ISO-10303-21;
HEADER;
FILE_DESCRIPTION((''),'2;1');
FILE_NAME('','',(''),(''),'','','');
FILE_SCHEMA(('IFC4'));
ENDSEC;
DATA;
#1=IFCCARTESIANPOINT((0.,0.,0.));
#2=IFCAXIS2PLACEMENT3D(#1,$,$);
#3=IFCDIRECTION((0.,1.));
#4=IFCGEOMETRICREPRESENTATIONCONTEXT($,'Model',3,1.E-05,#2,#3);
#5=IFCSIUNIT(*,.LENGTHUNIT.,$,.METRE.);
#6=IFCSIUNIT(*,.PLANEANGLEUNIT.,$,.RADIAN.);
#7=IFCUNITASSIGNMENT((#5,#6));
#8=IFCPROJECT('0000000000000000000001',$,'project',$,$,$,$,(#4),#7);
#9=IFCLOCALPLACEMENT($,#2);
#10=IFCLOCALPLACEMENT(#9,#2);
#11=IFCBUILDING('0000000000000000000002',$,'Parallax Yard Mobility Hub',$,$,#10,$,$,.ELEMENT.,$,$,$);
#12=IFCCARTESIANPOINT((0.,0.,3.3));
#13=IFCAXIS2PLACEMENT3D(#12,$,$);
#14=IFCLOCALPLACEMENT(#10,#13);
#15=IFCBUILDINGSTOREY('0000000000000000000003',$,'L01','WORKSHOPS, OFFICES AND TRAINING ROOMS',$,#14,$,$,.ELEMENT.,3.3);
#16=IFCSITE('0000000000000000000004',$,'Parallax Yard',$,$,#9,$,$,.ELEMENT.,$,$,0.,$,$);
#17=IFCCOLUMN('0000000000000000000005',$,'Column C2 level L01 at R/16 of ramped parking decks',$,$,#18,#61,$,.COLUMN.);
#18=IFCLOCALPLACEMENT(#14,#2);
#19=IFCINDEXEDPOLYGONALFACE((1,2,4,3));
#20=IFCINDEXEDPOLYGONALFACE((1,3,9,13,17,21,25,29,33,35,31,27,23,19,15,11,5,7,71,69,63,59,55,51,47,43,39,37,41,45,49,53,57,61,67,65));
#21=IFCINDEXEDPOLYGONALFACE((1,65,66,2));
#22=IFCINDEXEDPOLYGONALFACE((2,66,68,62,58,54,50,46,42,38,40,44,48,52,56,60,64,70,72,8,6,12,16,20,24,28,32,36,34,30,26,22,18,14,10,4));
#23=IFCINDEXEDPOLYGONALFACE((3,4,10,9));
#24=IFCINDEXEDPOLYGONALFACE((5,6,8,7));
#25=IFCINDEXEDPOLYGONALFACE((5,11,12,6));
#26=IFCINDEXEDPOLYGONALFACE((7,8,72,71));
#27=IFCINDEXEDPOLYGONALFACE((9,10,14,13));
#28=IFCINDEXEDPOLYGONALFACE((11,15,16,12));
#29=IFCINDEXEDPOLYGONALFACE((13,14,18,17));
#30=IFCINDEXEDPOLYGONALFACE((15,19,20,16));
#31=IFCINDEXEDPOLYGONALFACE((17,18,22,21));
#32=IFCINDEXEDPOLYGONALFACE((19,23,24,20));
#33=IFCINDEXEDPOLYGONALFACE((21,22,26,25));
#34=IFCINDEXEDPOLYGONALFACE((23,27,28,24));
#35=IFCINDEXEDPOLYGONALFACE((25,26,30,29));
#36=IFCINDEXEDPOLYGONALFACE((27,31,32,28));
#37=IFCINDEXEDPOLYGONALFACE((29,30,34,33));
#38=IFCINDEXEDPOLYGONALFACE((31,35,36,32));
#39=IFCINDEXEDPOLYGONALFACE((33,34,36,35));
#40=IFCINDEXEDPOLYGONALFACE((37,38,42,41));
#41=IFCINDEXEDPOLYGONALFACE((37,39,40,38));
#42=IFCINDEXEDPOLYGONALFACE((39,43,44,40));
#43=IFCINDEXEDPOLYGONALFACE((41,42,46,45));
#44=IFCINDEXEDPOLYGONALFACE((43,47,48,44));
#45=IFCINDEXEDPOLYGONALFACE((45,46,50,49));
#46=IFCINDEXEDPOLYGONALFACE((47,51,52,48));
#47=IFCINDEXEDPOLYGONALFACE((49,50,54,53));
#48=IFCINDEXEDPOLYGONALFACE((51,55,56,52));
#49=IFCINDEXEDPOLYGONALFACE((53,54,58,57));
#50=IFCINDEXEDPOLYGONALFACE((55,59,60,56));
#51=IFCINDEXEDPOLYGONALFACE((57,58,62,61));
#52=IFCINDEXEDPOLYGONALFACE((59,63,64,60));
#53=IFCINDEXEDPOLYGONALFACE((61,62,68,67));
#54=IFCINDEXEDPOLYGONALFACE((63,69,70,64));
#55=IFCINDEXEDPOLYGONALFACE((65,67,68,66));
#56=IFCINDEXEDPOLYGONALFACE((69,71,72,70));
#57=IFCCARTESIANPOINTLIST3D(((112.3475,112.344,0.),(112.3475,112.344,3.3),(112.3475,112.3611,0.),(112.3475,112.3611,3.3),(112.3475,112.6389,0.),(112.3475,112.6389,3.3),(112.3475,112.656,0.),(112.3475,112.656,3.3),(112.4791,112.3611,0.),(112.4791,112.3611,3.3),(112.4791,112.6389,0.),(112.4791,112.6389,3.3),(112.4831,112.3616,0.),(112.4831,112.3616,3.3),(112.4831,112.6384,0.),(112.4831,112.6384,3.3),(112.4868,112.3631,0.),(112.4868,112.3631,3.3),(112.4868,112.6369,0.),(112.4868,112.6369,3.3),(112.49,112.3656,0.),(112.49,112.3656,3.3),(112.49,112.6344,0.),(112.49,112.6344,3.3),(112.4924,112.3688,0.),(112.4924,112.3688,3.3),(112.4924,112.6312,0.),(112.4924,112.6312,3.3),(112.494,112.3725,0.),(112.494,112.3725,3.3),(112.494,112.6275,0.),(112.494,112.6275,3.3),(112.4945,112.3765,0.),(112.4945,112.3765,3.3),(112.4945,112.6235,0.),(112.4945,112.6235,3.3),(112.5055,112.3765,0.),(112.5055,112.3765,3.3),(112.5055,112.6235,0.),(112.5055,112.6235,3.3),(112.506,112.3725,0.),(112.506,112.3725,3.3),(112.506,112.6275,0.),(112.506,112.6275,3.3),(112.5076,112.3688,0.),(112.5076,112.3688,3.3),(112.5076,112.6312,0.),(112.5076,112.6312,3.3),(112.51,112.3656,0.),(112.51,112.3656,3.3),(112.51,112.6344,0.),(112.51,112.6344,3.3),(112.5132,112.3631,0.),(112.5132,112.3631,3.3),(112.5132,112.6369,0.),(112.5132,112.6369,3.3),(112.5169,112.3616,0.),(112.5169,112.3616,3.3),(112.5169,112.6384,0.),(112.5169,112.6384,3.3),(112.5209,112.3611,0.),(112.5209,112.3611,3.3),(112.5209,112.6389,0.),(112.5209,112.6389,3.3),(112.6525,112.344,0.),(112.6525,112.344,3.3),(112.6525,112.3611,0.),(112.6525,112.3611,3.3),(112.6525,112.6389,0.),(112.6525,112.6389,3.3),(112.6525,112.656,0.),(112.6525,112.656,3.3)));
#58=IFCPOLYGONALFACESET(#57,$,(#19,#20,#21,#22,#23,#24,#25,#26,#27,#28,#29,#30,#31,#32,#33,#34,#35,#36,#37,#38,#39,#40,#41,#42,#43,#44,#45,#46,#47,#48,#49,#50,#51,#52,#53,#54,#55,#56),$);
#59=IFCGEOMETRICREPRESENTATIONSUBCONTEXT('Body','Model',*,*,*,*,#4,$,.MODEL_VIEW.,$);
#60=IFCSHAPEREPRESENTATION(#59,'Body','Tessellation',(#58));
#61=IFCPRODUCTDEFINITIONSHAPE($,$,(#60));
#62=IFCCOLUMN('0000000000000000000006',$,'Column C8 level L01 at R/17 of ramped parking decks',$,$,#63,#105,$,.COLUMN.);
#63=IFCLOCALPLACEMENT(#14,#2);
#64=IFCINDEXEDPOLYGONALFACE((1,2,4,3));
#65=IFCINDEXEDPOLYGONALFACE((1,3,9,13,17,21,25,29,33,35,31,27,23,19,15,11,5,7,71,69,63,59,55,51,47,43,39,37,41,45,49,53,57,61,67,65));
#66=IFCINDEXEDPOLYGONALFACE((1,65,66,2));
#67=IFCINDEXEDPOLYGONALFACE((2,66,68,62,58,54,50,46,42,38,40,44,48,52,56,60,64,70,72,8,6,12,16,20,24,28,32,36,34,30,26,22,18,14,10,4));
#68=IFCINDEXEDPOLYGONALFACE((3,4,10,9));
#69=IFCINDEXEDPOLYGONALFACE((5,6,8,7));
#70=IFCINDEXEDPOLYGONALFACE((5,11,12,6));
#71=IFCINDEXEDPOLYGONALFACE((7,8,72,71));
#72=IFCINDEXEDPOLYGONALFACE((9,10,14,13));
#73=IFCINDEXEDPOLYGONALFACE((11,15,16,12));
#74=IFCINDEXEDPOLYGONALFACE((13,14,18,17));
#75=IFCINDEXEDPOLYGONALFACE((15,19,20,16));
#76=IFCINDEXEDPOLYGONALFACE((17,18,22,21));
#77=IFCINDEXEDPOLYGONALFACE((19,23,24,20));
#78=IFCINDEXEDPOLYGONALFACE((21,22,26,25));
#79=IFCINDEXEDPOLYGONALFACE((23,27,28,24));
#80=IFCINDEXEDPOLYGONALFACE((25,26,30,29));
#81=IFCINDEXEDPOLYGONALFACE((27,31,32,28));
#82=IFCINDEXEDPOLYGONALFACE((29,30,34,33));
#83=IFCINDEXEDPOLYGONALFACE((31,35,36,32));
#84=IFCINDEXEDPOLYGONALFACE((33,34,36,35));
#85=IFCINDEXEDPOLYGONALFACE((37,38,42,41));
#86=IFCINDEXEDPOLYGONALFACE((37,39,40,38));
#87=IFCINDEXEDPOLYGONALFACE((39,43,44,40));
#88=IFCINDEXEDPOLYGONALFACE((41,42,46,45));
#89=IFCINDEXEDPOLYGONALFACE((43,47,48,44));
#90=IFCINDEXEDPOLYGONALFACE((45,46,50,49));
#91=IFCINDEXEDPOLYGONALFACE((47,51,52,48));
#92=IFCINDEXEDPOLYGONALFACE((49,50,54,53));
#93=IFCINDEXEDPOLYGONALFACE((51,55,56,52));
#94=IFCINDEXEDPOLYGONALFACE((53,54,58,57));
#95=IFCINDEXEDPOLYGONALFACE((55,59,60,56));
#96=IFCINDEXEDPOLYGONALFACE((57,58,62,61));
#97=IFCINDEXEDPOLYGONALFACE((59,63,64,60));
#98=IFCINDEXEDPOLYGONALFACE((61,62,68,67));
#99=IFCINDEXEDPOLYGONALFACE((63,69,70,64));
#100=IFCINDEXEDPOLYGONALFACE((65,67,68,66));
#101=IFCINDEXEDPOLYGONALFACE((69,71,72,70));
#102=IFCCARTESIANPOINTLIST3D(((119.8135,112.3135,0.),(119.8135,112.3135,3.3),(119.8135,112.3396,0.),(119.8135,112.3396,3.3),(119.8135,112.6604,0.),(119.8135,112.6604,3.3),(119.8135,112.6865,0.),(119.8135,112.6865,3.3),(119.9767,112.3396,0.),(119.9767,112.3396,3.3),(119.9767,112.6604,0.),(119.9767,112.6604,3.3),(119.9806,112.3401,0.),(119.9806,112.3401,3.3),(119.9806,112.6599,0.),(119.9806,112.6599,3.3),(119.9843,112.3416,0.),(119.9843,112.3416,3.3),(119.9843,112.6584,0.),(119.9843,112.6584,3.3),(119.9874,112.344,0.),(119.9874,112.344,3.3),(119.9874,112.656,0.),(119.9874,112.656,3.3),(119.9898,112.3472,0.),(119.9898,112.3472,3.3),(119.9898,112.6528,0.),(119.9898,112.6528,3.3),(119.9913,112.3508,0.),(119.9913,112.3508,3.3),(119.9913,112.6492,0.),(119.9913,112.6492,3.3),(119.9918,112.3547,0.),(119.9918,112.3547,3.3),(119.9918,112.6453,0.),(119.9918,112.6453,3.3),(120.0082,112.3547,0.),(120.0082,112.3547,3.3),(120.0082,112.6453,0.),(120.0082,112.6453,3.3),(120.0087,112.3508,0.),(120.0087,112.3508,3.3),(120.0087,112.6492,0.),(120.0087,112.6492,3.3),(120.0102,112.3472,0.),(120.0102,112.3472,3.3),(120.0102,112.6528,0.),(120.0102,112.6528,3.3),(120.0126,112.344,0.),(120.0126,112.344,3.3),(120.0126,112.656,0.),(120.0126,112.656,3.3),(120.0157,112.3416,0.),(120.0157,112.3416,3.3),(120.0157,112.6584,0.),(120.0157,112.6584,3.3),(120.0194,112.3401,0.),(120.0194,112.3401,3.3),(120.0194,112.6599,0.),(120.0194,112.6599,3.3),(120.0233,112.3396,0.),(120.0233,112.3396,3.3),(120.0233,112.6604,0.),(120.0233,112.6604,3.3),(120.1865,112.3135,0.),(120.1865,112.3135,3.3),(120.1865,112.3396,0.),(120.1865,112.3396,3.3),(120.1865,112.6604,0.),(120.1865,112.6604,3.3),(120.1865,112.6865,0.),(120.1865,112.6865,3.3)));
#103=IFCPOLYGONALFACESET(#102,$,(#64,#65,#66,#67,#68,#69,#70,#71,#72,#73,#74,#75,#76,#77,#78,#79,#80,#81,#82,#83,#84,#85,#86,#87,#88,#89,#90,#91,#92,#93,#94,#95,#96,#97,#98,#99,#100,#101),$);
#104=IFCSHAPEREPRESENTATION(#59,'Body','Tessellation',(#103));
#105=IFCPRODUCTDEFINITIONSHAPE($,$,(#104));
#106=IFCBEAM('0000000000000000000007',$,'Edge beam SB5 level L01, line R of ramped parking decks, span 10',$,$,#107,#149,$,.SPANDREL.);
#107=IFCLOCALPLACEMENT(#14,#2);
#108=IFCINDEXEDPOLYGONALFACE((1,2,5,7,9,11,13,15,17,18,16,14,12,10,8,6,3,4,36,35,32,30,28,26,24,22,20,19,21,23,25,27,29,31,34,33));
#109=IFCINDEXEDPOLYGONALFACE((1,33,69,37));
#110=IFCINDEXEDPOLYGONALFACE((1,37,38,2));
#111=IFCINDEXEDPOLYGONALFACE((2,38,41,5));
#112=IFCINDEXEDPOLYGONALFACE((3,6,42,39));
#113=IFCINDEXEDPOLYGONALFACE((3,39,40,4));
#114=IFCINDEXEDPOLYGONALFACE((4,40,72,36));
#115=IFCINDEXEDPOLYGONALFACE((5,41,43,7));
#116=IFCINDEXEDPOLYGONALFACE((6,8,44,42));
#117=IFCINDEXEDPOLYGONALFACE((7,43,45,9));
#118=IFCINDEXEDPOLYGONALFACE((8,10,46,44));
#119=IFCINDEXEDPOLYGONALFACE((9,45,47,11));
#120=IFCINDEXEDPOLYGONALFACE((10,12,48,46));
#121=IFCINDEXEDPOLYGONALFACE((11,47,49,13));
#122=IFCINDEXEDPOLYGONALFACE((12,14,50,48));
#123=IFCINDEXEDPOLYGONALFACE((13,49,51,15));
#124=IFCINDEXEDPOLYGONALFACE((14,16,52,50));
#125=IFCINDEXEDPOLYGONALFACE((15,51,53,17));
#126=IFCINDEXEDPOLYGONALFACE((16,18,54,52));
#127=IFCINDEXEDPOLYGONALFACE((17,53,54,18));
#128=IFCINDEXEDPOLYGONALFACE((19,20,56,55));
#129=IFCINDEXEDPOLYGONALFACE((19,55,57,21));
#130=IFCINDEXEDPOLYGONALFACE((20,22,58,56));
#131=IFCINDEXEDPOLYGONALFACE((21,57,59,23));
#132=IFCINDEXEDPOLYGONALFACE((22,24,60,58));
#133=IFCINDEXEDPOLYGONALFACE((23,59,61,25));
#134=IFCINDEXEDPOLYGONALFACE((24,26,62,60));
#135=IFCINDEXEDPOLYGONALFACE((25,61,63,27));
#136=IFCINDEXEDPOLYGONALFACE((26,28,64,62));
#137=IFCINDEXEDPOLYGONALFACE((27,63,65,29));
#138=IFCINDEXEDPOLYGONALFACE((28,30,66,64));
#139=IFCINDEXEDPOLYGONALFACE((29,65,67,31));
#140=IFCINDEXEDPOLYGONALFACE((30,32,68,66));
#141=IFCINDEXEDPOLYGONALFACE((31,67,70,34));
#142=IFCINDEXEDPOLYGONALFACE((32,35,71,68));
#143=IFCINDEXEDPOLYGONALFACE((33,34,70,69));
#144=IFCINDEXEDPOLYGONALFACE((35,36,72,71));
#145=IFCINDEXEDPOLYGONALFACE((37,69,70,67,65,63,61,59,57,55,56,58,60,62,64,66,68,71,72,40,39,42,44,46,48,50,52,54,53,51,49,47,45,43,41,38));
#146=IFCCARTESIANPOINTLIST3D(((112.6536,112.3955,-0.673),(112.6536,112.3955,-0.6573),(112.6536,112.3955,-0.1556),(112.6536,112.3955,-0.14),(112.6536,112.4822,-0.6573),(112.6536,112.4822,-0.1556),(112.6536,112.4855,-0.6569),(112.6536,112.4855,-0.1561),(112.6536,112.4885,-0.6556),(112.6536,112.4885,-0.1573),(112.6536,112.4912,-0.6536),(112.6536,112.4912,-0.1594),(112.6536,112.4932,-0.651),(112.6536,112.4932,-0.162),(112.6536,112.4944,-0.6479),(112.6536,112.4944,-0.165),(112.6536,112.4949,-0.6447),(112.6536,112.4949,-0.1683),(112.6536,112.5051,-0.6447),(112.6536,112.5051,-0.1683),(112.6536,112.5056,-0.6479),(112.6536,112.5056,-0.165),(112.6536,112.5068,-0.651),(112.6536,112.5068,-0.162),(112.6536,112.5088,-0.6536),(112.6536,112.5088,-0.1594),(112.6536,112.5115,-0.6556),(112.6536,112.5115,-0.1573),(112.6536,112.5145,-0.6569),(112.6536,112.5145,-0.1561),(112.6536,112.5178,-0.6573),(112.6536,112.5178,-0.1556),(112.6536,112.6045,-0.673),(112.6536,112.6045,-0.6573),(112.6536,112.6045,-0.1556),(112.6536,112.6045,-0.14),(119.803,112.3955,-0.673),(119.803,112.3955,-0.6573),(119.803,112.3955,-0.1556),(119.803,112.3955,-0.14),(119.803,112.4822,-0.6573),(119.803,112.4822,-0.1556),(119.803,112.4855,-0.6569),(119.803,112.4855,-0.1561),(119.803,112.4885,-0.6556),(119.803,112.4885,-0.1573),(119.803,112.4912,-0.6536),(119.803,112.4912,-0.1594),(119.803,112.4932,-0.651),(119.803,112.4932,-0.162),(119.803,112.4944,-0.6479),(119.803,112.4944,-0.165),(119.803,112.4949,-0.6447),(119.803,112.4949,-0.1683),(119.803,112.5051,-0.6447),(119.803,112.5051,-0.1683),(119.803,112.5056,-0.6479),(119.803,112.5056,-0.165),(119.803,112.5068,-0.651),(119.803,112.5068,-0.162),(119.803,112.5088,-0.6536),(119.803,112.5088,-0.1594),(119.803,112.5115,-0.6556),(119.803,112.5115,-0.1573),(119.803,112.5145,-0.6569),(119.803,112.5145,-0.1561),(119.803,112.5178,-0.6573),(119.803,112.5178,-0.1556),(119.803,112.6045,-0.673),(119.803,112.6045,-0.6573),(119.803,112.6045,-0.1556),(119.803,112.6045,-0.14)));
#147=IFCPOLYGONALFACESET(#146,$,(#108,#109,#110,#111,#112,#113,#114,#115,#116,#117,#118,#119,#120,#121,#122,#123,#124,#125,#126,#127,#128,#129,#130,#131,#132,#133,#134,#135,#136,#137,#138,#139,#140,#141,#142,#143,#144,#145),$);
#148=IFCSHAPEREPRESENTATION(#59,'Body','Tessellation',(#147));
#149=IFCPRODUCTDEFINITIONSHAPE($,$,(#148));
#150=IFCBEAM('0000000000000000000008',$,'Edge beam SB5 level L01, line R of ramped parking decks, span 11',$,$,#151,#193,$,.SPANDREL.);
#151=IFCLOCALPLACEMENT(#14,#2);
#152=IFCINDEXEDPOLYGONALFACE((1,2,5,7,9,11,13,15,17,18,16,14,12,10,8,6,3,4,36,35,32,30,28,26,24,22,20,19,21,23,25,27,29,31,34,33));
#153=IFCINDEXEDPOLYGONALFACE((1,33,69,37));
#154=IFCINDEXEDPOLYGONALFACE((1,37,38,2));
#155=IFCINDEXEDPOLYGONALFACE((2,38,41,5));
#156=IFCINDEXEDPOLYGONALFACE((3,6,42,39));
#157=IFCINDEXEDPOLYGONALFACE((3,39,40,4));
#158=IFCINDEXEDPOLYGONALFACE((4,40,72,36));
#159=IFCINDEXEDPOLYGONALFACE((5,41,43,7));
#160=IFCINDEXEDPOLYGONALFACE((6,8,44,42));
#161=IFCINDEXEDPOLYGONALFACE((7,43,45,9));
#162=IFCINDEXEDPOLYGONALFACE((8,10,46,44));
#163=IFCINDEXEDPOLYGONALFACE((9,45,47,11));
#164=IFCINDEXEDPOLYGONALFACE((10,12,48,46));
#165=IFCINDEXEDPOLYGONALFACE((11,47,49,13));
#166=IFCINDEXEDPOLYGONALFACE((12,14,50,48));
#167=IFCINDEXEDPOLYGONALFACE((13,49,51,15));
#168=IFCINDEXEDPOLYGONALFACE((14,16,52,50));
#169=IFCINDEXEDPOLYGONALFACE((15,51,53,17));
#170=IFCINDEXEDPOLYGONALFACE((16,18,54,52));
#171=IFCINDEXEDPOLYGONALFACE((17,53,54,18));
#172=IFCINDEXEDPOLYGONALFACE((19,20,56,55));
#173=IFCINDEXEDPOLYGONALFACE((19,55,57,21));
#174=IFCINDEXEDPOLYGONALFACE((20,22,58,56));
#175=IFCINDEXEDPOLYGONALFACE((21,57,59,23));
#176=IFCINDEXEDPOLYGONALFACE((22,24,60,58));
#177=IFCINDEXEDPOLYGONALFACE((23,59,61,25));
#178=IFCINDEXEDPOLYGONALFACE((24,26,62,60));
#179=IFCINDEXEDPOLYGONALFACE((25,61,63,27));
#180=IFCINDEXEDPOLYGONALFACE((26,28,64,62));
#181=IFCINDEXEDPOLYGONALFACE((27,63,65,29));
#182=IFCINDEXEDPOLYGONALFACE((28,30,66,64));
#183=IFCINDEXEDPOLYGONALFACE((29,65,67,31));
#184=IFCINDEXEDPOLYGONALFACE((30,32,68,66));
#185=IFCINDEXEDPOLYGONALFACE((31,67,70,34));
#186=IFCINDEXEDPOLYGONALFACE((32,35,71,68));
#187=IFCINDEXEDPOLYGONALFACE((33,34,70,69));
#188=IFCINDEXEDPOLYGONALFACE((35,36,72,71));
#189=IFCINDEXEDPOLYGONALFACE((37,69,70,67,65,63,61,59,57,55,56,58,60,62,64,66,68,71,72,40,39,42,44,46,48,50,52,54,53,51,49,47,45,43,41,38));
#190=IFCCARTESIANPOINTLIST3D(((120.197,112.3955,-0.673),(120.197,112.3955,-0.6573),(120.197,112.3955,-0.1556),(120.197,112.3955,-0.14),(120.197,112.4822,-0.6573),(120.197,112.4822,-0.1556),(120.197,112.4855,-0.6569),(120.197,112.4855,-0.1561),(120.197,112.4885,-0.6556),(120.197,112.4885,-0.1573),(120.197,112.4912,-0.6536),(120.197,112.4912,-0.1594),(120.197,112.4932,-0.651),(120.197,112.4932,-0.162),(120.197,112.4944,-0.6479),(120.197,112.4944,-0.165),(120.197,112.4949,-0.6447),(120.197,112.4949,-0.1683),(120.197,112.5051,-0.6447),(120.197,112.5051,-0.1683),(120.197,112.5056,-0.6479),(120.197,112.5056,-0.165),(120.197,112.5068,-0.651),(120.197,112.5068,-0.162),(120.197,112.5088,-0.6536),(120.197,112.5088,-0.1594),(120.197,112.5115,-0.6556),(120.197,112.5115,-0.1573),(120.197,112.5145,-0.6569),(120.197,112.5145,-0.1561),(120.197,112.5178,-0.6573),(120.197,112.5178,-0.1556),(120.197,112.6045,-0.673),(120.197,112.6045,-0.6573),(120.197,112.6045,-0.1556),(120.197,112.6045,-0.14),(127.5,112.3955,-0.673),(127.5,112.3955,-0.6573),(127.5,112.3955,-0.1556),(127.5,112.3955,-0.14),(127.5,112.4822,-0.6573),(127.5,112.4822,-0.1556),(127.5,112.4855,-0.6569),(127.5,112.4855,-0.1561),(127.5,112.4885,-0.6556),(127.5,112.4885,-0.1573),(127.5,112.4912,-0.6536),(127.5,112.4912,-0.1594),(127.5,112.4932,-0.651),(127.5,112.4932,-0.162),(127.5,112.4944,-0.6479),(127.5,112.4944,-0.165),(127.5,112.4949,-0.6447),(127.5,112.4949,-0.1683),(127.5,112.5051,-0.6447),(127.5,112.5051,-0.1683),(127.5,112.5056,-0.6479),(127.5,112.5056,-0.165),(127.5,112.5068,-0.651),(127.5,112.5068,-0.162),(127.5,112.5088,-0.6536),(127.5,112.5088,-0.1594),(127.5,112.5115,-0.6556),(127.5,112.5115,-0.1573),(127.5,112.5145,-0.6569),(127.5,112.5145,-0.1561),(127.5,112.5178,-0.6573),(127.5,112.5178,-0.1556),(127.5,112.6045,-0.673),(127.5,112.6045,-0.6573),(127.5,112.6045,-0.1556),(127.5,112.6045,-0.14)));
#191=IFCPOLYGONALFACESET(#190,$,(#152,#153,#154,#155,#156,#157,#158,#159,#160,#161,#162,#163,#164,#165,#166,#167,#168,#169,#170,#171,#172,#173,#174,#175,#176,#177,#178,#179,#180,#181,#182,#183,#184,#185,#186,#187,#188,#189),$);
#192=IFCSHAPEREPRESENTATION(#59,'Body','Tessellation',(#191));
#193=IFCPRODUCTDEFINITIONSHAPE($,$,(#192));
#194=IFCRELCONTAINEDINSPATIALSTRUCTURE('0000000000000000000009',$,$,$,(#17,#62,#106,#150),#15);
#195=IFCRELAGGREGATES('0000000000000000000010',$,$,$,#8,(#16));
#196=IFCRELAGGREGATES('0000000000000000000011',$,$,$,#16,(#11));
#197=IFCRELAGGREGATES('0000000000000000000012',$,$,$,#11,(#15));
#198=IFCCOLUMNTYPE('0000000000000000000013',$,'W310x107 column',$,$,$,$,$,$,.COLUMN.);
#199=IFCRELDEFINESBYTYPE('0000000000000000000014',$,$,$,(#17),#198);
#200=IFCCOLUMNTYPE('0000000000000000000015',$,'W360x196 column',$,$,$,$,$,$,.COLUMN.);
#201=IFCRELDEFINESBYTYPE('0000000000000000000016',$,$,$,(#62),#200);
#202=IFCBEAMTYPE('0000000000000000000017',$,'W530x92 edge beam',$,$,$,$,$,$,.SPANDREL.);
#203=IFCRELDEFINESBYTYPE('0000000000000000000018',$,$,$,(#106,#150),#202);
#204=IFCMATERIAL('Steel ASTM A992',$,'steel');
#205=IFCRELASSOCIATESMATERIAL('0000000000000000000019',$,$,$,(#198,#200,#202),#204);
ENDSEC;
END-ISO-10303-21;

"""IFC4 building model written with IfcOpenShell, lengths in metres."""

from ifc_helpers import new_model, si_unit, direction, frame, origin, origin_2d, place, context, subcontext, project, spatial, i_section, extrude, material, material_profile, profile_set, type_object, element, save


model = new_model("IFC4")

# Units and contexts
model_context = context("Model", 3, precision=1e-05, world=origin(), true_north=direction((0.0, 1.0)))
body_context = subcontext(model_context, "Body", "Model", "MODEL_VIEW")
ifc_project = project(units=[si_unit("LENGTHUNIT", "METRE"), si_unit("PLANEANGLEUNIT", "RADIAN")], contexts=[model_context])

# Site, building, storey
site_placement = place(None, origin())
site = spatial("IfcSite", under=ifc_project, at=site_placement, Name="Parallax Yard", CompositionType="ELEMENT", RefElevation=0.0)
building_placement = place(site_placement, origin())
building = spatial("IfcBuilding", under=site, at=building_placement, Name="Parallax Yard Mobility Hub", CompositionType="ELEMENT")
storey_placement = place(building_placement, frame((0.0, 0.0, 3.3)))
storey = spatial("IfcBuildingStorey", under=building, at=storey_placement, Name="L01", Description="WORKSHOPS, OFFICES AND TRAINING ROOMS", CompositionType="ELEMENT", Elevation=3.3)

# Columns
ifc_material_1 = material(Name="Steel ASTM A992", Category="steel")
ifc_material_profile_1 = material_profile(ifc_material_1, i_section(OverallWidth=0.3049, OverallDepth=0.312, WebThickness=0.011, FlangeThickness=0.0171, FilletRadius=0.0154, at=origin_2d()), Name="W310x107")
ifc_profile_set_1 = profile_set([ifc_material_profile_1], Name="Steel ASTM A992")
column_type_1 = type_object("IfcColumnType", Name="W310x107 column", PredefinedType="COLUMN", material=ifc_profile_set_1)
column_1_placement = place(storey_placement, frame((112.5, 112.5, 0.0), z_axis=(0.0, 0.0, 1.0), x_axis=(1.0, 0.0, 0.0)))
element("IfcColumn", 1, at=column_1_placement, inside=storey, type_object=column_type_1, Name="Column C2 level L01 at R/16 of ramped parking decks", PredefinedType="COLUMN", context=body_context, shape_type="SweptSolid", body=[
    extrude(i_section(OverallWidth=0.3049, OverallDepth=0.312, WebThickness=0.011, FlangeThickness=0.0171, FilletRadius=0.0154, at=origin_2d()), origin(), (0.0, 0.0, 1.0), 3.3),
])
ifc_material_profile_2 = material_profile(ifc_material_1, i_section(OverallWidth=0.373, OverallDepth=0.373, WebThickness=0.0164, FlangeThickness=0.0261, FilletRadius=0.0151, at=origin_2d()), Name="W360x196")
ifc_profile_set_2 = profile_set([ifc_material_profile_2], Name="Steel ASTM A992")
column_type_2 = type_object("IfcColumnType", Name="W360x196 column", PredefinedType="COLUMN", material=ifc_profile_set_2)
column_2_placement = place(storey_placement, frame((120.0, 112.5, 0.0), z_axis=(0.0, 0.0, 1.0), x_axis=(1.0, 0.0, 0.0)))
element("IfcColumn", 2, at=column_2_placement, inside=storey, type_object=column_type_2, Name="Column C8 level L01 at R/17 of ramped parking decks", PredefinedType="COLUMN", context=body_context, shape_type="SweptSolid", body=[
    extrude(i_section(OverallWidth=0.373, OverallDepth=0.373, WebThickness=0.0164, FlangeThickness=0.0261, FilletRadius=0.0151, at=origin_2d()), origin(), (0.0, 0.0, 1.0), 3.3),
])

# Beams
ifc_material_profile_3 = material_profile(ifc_material_1, i_section(OverallWidth=0.209, OverallDepth=0.533, WebThickness=0.0103, FlangeThickness=0.0156, FilletRadius=0.0127, at=origin_2d()), Name="W530x92")
ifc_profile_set_3 = profile_set([ifc_material_profile_3], Name="Steel ASTM A992")
beam_type = type_object("IfcBeamType", Name="W530x92 edge beam", PredefinedType="SPANDREL", material=ifc_profile_set_3)
beam_1_placement = place(storey_placement, frame((112.6536, 112.5, -0.4065), z_axis=(1.0, 0.0, 0.0), x_axis=(0.0, 1.0, 0.0)))
element("IfcBeam", 3, at=beam_1_placement, inside=storey, type_object=beam_type, Name="Edge beam SB5 level L01, line R of ramped parking decks, span 10", PredefinedType="SPANDREL", context=body_context, shape_type="SweptSolid", body=[
    extrude(i_section(OverallWidth=0.209, OverallDepth=0.533, WebThickness=0.0103, FlangeThickness=0.0156, FilletRadius=0.0127, at=origin_2d()), origin(), (0.0, 0.0, 1.0), 7.1494),
])
beam_2_placement = place(storey_placement, frame((120.197, 112.5, -0.4065), z_axis=(1.0, 0.0, 0.0), x_axis=(0.0, 1.0, 0.0)))
element("IfcBeam", 4, at=beam_2_placement, inside=storey, type_object=beam_type, Name="Edge beam SB5 level L01, line R of ramped parking decks, span 11", PredefinedType="SPANDREL", context=body_context, shape_type="SweptSolid", body=[
    extrude(i_section(OverallWidth=0.209, OverallDepth=0.533, WebThickness=0.0103, FlangeThickness=0.0156, FilletRadius=0.0127, at=origin_2d()), origin(), (0.0, 0.0, 1.0), 7.303),
])

save(model, "model.ifc")
